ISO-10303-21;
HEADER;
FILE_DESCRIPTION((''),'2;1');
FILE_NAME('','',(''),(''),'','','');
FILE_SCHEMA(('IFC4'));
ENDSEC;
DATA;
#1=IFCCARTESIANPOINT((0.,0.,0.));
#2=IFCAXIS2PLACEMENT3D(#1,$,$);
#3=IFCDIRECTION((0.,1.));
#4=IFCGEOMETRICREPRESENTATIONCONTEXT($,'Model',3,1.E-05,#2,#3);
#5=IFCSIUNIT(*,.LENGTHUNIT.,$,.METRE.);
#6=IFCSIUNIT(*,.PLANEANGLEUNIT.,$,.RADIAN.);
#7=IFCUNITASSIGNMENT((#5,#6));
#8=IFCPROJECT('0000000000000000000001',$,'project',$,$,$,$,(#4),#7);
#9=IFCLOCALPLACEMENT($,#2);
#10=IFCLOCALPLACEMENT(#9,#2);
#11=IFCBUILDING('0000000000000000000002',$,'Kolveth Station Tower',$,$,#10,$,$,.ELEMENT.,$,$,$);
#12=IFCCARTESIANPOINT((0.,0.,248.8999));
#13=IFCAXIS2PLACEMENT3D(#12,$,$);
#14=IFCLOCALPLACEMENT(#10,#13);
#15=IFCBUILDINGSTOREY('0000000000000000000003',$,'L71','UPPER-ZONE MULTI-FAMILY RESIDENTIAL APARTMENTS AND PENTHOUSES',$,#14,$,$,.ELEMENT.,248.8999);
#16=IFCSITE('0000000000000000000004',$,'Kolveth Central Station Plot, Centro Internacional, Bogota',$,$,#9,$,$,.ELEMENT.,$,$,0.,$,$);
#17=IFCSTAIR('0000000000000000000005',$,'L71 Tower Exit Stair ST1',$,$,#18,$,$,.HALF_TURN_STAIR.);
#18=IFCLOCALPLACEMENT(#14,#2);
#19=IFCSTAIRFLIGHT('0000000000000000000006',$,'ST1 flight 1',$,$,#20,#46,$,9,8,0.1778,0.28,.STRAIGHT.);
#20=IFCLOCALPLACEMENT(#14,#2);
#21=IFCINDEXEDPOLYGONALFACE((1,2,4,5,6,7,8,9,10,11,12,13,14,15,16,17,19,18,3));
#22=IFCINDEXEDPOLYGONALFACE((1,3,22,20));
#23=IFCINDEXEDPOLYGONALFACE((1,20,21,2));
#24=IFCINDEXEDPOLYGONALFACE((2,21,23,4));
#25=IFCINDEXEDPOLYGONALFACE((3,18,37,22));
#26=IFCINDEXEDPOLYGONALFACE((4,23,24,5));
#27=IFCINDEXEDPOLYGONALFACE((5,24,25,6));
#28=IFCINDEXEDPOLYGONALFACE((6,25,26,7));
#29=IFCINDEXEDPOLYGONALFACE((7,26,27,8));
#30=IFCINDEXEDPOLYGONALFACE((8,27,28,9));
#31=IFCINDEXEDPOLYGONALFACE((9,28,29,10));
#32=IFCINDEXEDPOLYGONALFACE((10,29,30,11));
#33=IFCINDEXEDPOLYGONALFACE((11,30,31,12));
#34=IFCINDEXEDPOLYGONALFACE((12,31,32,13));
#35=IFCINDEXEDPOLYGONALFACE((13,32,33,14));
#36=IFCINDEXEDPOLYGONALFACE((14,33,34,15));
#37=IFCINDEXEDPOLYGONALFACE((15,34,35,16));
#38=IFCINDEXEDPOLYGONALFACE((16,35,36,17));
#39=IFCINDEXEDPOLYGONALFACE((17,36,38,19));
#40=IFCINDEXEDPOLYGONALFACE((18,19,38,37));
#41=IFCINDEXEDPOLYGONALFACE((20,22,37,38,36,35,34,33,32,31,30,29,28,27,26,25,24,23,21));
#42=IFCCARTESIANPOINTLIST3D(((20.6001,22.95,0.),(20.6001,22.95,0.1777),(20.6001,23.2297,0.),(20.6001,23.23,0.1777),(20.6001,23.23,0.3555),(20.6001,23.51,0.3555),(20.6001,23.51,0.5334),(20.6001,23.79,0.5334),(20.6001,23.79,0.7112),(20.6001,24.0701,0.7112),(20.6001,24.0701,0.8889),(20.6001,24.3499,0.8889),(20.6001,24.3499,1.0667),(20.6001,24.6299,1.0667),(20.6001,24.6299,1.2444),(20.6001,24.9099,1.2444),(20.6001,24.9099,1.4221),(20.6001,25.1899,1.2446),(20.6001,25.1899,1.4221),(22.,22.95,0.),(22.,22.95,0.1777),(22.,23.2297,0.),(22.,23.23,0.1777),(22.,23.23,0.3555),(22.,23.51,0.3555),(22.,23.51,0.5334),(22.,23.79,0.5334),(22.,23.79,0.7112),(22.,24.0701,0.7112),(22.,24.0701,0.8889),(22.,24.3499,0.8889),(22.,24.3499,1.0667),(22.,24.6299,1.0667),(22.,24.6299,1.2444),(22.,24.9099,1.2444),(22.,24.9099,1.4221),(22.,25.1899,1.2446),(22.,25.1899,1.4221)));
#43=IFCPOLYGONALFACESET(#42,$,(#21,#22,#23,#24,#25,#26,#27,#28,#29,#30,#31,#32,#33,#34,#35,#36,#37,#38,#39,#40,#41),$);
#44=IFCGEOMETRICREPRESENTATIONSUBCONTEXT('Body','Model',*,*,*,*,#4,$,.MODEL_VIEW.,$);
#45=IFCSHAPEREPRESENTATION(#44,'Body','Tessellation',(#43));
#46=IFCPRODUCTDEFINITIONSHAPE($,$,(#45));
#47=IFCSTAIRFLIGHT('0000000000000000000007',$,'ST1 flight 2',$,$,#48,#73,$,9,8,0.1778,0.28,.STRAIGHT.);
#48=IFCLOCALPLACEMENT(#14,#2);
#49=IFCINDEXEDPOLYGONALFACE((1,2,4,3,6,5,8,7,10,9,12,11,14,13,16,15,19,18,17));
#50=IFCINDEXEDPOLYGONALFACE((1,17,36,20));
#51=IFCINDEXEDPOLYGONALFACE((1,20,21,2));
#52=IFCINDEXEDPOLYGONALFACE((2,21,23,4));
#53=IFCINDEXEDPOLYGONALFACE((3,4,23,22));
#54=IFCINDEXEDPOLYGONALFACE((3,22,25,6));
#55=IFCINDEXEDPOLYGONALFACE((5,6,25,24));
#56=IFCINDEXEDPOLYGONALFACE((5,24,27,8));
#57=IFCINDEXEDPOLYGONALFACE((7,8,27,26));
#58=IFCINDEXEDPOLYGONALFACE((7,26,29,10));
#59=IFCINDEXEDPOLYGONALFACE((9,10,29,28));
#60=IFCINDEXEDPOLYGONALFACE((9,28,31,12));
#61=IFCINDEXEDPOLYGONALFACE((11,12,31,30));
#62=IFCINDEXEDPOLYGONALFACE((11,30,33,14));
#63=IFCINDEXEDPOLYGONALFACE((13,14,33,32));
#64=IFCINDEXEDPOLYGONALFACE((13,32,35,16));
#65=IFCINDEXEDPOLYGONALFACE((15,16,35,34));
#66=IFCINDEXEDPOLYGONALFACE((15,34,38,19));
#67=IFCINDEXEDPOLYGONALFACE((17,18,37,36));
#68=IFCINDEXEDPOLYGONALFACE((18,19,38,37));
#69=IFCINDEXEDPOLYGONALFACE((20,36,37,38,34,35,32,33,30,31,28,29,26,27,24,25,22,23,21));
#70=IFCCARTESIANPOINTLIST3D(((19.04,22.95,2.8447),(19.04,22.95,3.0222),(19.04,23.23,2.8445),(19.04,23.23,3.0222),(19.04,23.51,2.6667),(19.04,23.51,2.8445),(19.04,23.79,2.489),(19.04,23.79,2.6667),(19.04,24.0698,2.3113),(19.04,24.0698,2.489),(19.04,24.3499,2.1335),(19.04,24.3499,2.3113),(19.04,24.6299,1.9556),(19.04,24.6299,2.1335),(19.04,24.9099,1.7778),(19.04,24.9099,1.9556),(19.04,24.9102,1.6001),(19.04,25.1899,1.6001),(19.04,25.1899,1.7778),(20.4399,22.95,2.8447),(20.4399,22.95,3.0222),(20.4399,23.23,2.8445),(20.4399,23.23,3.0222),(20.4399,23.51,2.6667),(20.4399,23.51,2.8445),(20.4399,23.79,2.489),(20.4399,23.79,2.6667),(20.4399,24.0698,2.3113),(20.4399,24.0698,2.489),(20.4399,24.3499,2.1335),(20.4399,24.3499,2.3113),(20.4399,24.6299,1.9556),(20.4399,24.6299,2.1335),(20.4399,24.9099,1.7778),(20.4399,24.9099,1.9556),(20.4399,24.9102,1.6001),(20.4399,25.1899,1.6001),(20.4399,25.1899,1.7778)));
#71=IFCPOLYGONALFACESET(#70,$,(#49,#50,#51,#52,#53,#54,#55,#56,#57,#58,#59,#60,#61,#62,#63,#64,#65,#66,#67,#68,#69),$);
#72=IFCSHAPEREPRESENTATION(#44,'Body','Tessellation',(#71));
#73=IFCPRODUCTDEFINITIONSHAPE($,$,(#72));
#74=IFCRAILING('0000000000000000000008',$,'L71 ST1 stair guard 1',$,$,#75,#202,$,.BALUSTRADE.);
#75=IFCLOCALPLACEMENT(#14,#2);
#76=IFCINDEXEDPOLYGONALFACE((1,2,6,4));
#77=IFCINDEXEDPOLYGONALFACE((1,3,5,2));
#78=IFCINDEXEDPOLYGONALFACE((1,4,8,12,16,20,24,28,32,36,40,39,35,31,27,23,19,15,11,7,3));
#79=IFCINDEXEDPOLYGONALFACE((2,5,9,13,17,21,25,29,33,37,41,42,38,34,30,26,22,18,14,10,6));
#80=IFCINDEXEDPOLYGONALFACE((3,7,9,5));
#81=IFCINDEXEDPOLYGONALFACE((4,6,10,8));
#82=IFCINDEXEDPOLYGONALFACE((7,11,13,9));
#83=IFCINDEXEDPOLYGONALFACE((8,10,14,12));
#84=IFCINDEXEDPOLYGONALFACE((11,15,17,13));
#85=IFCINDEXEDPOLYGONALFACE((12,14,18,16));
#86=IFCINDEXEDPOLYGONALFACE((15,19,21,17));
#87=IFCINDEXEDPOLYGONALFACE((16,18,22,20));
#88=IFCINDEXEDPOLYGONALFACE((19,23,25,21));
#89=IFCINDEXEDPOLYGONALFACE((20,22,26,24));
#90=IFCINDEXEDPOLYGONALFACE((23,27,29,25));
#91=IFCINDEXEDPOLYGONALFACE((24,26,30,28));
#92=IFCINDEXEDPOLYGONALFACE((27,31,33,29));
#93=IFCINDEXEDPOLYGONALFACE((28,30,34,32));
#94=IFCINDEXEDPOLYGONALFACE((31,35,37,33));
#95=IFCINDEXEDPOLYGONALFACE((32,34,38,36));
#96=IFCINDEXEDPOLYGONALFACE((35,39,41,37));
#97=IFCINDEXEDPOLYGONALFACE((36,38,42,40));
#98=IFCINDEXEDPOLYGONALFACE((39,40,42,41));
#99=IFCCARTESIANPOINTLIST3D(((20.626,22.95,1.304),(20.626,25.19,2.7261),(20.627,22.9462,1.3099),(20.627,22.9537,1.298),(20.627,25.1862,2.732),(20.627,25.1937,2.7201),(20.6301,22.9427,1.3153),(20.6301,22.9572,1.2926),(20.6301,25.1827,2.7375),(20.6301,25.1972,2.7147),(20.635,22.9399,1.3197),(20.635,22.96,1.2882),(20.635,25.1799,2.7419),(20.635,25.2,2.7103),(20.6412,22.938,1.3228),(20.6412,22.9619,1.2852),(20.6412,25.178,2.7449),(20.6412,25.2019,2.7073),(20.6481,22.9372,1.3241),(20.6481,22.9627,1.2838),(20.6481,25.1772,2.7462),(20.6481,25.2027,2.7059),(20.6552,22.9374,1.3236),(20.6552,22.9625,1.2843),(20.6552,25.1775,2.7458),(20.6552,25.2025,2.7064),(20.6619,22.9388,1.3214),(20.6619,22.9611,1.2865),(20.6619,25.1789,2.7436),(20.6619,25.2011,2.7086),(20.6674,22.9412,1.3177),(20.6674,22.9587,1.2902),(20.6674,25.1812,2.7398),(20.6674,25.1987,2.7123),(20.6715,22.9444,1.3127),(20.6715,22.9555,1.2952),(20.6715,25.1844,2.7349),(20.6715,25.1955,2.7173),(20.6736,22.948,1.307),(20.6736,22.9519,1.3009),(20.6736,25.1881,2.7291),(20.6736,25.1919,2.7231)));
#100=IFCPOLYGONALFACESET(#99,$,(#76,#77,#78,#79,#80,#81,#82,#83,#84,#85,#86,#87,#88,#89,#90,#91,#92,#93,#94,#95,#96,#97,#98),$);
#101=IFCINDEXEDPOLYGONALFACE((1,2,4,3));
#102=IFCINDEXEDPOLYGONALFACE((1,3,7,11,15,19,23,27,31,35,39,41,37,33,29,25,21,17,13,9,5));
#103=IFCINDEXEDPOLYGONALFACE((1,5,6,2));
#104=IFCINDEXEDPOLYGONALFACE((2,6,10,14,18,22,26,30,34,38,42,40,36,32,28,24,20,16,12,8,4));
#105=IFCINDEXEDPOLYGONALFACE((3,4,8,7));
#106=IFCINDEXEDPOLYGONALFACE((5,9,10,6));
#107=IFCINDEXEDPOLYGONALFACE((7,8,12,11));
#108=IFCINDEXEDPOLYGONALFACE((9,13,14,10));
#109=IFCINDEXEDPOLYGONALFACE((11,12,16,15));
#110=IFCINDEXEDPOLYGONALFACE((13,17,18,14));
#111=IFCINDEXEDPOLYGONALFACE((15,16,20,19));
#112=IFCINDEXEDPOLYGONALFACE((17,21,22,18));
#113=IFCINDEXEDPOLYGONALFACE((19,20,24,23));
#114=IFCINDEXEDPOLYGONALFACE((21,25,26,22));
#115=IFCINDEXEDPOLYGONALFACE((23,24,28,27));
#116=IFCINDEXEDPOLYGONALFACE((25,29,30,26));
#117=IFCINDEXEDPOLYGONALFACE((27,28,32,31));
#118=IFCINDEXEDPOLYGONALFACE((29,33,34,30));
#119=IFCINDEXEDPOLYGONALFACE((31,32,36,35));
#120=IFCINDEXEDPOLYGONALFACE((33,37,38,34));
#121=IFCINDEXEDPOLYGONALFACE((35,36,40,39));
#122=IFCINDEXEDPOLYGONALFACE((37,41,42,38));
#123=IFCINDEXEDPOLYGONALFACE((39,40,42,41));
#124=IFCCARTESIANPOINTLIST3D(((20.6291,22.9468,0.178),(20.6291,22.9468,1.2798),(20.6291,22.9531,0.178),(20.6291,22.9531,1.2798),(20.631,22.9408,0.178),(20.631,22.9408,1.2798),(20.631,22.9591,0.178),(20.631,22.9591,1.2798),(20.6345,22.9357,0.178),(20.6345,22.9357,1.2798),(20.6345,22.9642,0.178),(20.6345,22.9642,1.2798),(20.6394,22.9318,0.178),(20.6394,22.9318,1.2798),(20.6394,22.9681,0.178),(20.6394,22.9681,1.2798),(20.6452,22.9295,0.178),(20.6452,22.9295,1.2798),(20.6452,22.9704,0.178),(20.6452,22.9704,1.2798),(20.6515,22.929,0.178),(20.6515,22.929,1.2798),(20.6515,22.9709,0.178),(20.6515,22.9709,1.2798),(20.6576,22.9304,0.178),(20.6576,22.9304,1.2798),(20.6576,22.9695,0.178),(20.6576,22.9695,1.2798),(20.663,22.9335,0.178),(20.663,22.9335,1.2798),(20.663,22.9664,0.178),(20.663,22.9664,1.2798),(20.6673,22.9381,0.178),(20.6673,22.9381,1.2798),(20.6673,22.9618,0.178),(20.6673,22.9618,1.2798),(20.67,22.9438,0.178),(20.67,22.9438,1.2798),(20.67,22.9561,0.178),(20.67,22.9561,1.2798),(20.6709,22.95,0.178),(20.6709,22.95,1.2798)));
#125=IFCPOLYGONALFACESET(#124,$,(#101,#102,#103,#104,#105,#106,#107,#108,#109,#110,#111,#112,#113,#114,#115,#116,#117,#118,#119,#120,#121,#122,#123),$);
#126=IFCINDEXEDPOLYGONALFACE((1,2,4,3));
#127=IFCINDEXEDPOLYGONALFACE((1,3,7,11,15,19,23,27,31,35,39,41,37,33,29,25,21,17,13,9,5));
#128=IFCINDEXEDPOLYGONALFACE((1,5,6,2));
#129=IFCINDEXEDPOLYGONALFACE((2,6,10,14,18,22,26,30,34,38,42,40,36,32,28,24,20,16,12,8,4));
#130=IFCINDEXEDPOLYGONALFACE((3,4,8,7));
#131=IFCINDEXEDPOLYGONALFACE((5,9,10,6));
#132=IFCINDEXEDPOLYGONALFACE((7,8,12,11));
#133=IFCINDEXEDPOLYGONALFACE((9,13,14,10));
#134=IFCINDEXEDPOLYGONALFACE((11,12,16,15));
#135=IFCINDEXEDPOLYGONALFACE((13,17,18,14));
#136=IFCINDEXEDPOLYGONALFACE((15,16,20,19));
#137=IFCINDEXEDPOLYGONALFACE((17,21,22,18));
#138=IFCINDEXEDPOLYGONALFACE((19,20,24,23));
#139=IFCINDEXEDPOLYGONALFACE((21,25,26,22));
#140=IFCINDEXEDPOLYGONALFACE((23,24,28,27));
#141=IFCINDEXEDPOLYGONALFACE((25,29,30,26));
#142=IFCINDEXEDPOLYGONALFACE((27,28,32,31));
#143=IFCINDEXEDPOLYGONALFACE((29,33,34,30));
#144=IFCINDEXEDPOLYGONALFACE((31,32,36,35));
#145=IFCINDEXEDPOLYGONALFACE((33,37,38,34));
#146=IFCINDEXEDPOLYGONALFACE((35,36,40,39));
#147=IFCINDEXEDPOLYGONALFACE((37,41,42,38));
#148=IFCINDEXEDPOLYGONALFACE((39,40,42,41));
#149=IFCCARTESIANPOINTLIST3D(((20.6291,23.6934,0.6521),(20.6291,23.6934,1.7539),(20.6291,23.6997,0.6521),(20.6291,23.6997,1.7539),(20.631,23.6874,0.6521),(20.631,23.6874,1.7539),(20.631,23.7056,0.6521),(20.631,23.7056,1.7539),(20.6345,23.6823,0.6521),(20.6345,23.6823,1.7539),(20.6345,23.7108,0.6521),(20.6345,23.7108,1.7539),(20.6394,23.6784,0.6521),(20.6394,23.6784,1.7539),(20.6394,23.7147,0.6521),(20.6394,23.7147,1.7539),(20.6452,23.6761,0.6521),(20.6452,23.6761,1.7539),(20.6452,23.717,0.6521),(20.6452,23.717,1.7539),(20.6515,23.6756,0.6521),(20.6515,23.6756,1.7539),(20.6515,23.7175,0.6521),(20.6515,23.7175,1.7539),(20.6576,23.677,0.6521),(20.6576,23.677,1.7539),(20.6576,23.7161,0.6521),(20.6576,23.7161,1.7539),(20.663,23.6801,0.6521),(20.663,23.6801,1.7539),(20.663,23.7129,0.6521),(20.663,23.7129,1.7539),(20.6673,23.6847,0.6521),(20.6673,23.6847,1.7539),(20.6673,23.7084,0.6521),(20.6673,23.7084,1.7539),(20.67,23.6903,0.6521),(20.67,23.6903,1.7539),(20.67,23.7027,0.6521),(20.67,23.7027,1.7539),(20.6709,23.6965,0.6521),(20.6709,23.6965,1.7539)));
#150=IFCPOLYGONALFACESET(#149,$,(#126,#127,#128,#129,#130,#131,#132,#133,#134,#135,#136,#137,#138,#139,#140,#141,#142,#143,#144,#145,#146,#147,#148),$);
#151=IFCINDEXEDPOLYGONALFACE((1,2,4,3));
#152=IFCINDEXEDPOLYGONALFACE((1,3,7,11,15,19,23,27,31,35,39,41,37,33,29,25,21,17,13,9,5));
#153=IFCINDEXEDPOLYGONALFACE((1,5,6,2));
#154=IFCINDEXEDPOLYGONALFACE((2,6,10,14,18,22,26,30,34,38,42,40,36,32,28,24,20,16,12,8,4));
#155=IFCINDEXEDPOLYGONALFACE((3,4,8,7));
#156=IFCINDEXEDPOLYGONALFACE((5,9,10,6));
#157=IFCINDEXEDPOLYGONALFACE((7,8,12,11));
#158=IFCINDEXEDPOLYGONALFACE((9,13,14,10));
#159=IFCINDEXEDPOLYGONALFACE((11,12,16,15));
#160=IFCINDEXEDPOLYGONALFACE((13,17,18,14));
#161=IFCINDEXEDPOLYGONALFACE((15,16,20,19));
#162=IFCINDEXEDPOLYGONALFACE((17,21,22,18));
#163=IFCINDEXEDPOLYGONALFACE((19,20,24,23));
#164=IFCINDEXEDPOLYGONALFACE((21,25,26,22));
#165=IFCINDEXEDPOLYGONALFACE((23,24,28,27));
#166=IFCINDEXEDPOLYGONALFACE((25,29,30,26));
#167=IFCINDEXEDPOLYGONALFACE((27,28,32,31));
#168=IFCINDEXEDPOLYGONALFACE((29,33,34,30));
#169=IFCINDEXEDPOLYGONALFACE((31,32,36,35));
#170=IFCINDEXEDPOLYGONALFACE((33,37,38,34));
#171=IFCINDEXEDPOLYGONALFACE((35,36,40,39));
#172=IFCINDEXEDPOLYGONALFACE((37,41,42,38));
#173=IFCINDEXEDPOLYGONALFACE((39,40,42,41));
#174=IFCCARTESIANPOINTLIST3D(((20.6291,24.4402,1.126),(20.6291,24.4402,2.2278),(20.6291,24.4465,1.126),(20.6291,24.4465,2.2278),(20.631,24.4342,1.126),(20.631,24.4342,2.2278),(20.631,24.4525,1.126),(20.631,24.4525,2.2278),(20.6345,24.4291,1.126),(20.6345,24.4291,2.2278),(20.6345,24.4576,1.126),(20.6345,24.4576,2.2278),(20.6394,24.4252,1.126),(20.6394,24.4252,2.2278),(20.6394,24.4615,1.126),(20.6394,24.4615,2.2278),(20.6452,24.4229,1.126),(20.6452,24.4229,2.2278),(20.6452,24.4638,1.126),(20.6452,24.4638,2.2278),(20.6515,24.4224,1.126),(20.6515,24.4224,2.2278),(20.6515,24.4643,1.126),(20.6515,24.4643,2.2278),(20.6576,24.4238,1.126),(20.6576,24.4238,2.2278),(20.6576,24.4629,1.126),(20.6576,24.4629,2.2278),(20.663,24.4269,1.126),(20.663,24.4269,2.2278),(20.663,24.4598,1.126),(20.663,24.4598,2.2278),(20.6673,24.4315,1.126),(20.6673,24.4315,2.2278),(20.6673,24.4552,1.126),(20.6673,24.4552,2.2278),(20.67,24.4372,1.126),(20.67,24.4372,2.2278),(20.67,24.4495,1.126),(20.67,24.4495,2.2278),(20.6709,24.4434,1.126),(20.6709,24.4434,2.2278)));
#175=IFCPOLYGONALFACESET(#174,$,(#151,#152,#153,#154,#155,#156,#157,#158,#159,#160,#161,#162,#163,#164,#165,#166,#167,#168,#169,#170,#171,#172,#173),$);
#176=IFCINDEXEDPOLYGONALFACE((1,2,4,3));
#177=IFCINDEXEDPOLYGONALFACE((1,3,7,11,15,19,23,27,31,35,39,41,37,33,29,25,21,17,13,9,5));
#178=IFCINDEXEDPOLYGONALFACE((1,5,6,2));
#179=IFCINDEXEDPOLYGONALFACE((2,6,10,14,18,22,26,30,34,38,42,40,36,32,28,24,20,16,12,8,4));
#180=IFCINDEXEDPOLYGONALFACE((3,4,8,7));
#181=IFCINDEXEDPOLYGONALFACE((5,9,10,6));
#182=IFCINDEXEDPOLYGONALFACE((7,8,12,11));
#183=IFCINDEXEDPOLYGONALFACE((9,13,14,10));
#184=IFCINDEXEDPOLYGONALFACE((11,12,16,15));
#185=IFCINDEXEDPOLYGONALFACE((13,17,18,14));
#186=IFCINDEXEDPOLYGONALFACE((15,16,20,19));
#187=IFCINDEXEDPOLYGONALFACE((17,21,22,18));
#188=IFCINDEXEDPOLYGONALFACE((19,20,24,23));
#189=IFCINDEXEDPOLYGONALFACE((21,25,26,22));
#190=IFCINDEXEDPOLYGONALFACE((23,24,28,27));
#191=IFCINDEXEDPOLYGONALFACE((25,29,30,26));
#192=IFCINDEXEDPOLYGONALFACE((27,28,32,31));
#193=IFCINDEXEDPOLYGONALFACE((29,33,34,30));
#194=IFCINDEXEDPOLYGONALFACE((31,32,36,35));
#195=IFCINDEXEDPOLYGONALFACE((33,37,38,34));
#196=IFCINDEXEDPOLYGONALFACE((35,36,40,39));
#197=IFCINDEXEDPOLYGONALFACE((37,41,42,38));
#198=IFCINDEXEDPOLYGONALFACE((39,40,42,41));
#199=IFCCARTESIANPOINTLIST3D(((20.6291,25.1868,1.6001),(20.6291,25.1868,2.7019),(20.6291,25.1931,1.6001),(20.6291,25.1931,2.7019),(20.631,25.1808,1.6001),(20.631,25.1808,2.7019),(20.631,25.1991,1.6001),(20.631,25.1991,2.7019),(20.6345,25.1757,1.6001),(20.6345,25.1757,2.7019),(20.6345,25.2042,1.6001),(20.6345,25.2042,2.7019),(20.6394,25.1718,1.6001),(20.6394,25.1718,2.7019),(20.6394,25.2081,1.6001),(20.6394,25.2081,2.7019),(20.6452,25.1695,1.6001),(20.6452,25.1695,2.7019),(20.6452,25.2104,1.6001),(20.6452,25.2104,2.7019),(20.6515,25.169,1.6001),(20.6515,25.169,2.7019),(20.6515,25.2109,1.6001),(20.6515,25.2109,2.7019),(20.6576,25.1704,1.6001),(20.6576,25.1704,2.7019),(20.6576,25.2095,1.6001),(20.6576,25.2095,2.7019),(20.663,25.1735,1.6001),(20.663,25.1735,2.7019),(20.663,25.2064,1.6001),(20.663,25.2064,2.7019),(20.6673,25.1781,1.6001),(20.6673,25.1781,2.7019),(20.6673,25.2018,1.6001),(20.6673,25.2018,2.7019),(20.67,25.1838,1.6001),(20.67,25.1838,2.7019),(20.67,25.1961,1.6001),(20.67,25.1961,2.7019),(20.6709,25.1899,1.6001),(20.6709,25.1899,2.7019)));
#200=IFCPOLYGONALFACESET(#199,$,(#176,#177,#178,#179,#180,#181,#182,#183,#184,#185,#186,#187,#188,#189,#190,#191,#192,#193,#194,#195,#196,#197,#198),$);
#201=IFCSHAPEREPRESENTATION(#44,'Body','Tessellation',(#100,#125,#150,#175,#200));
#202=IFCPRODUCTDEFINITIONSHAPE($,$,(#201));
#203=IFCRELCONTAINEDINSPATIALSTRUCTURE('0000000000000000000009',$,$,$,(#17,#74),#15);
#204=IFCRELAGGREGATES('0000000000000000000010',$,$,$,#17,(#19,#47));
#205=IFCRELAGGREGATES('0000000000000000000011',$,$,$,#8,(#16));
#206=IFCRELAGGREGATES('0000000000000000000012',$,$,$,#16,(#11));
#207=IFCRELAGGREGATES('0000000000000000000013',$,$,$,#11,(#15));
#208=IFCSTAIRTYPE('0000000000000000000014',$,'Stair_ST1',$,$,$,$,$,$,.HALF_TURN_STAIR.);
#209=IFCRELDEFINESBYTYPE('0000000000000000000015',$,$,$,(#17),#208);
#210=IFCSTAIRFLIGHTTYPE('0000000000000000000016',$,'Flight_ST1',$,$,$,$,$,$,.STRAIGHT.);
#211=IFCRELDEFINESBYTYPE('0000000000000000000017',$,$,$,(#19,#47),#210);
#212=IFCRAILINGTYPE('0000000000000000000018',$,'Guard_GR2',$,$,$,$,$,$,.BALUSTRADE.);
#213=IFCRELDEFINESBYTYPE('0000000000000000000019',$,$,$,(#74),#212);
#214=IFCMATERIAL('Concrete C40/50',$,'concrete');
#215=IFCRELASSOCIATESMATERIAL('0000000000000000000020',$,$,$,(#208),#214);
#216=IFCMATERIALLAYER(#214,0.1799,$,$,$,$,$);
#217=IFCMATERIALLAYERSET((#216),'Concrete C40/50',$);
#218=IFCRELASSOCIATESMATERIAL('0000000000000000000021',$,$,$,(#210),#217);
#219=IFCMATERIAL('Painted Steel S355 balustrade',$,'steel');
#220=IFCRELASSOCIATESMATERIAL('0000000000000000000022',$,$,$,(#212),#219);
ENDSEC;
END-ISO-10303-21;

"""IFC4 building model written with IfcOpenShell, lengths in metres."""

from ifc_helpers import new_model, si_unit, direction, frame, origin, origin_2d, place, context, subcontext, project, spatial, polyline, circle, outline, extrude, material, layer, layer_set, type_object, element, aggregate, save


model = new_model("IFC4")

# Units and contexts
model_context = context("Model", 3, precision=1e-05, world=origin(), true_north=direction((0.0, 1.0)))
body_context = subcontext(model_context, "Body", "Model", "MODEL_VIEW")
ifc_project = project(units=[si_unit("LENGTHUNIT", "METRE"), si_unit("PLANEANGLEUNIT", "RADIAN")], contexts=[model_context])

# Site, building, storey
site_placement = place(None, origin())
site = spatial("IfcSite", under=ifc_project, at=site_placement, Name="Kolveth Central Station Plot, Centro Internacional, Bogota", CompositionType="ELEMENT", RefElevation=0.0)
building_placement = place(site_placement, origin())
building = spatial("IfcBuilding", under=site, at=building_placement, Name="Kolveth Station Tower", CompositionType="ELEMENT")
storey_placement = place(building_placement, frame((0.0, 0.0, 248.8999)))
storey = spatial("IfcBuildingStorey", under=building, at=storey_placement, Name="L71", Description="UPPER-ZONE MULTI-FAMILY RESIDENTIAL APARTMENTS AND PENTHOUSES", CompositionType="ELEMENT", Elevation=248.8999)

# Shared definitions
ifc_material_1 = material(Name="Concrete C40/50", Category="concrete")

# Stair, stair flights
stair_type = type_object("IfcStairType", Name="Stair_ST1", PredefinedType="HALF_TURN_STAIR", material=ifc_material_1)
stair_placement = place(storey_placement, origin())
stair = element("IfcStair", 1, at=stair_placement, inside=storey, type_object=stair_type, Name="L71 Tower Exit Stair ST1", PredefinedType="HALF_TURN_STAIR")
ifc_layer_1 = layer(ifc_material_1, 0.1799)
ifc_layer_set_1 = layer_set([ifc_layer_1], Name="Concrete C40/50")
stair_flight_type = type_object("IfcStairFlightType", Name="Flight_ST1", PredefinedType="STRAIGHT", material=ifc_layer_set_1)
stair_flight_1_placement = place(storey_placement, frame((21.3, 22.95, 0.0), z_axis=(0.0, 0.0, 1.0), x_axis=(0.0, 1.0, 0.0)))
stair_flight_1 = element("IfcStairFlight", 2, at=stair_flight_1_placement, type_object=stair_flight_type, Name="ST1 flight 1", NumberOfRisers=9, NumberOfTreads=8, PredefinedType="STRAIGHT", RiserHeight=0.1778, TreadLength=0.28, context=body_context, shape_type="SweptSolid", body=[
    extrude(outline(polyline([(0.0, 0.0), (0.0, 0.1777), (0.28, 0.1777), (0.28, 0.3555), (0.5601, 0.3555), (0.5601, 0.5334), (0.8401, 0.5334), (0.8401, 0.7112), (1.1201, 0.7112), (1.1201, 0.8889), (1.3999, 0.8889), (1.3999, 1.0667), (1.6799, 1.0667), (1.6799, 1.2444), (1.96, 1.2444), (1.96, 1.4221), (2.24, 1.4221), (2.24, 1.6001), (2.24, 1.2446), (0.2798, 0.0), (0.0, 0.0)])), frame((0.0, 0.7, 0.0), z_axis=(0.0, -1.0, 0.0), x_axis=(1.0, 0.0, 0.0)), (0.0, 0.0, 1.0), 1.3999),
])
stair_flight_2_placement = place(storey_placement, frame((19.74, 25.1899, 1.6001), z_axis=(0.0, 0.0, 1.0), x_axis=(0.0, -1.0, 0.0)))
stair_flight_2 = element("IfcStairFlight", 3, at=stair_flight_2_placement, type_object=stair_flight_type, Name="ST1 flight 2", NumberOfRisers=9, NumberOfTreads=8, PredefinedType="STRAIGHT", RiserHeight=0.1778, TreadLength=0.28, context=body_context, shape_type="SweptSolid", body=[
    extrude(outline(polyline([(0.0, 0.0), (0.0, 0.1777), (0.28, 0.1777), (0.28, 0.3555), (0.5601, 0.3555), (0.5601, 0.5334), (0.8401, 0.5334), (0.8401, 0.7112), (1.1201, 0.7112), (1.1201, 0.8889), (1.3999, 0.8889), (1.3999, 1.0667), (1.6799, 1.0667), (1.6799, 1.2444), (1.96, 1.2444), (1.96, 1.4221), (2.24, 1.4221), (2.24, 1.6001), (2.24, 1.2446), (0.2798, 0.0), (0.0, 0.0)])), frame((0.0, 0.7, 0.0), z_axis=(0.0, -1.0, 0.0), x_axis=(1.0, 0.0, 0.0)), (0.0, 0.0, 1.0), 1.3999),
])
aggregate(stair, [stair_flight_1, stair_flight_2])

# Railing
ifc_material_2 = material(Name="Painted Steel S355 balustrade", Category="steel")
railing_type_1 = type_object("IfcRailingType", Name="Guard_GR2", PredefinedType="BALUSTRADE", material=ifc_material_2)
railing_1_placement = place(storey_placement, frame((20.6499, 22.95, 0.178)))
element("IfcRailing", 4, at=railing_1_placement, inside=storey, type_object=railing_type_1, Name="L71 ST1 stair guard 1", PredefinedType="BALUSTRADE", context=body_context, shape_type="SweptSolid", body=[
    extrude(circle(Radius=0.0239, at=origin_2d()), frame((0.0, 0.0, 1.126), z_axis=(0.0, 0.844229, 0.535982), x_axis=(-1.0, 0.0, 0.0)), (0.0, 0.0, 1.0), 2.6533),
    extrude(circle(Radius=0.021, at=origin_2d()), origin(), (0.0, 0.0, 1.0), 1.1018),
    extrude(circle(Radius=0.021, at=origin_2d()), frame((0.0, 0.7466, 0.4741)), (0.0, 0.0, 1.0), 1.1018),
    extrude(circle(Radius=0.021, at=origin_2d()), frame((0.0, 1.4934, 0.948)), (0.0, 0.0, 1.0), 1.1018),
    extrude(circle(Radius=0.021, at=origin_2d()), frame((0.0, 2.24, 1.4221)), (0.0, 0.0, 1.0), 1.1018),
])

save(model, "model.ifc")
